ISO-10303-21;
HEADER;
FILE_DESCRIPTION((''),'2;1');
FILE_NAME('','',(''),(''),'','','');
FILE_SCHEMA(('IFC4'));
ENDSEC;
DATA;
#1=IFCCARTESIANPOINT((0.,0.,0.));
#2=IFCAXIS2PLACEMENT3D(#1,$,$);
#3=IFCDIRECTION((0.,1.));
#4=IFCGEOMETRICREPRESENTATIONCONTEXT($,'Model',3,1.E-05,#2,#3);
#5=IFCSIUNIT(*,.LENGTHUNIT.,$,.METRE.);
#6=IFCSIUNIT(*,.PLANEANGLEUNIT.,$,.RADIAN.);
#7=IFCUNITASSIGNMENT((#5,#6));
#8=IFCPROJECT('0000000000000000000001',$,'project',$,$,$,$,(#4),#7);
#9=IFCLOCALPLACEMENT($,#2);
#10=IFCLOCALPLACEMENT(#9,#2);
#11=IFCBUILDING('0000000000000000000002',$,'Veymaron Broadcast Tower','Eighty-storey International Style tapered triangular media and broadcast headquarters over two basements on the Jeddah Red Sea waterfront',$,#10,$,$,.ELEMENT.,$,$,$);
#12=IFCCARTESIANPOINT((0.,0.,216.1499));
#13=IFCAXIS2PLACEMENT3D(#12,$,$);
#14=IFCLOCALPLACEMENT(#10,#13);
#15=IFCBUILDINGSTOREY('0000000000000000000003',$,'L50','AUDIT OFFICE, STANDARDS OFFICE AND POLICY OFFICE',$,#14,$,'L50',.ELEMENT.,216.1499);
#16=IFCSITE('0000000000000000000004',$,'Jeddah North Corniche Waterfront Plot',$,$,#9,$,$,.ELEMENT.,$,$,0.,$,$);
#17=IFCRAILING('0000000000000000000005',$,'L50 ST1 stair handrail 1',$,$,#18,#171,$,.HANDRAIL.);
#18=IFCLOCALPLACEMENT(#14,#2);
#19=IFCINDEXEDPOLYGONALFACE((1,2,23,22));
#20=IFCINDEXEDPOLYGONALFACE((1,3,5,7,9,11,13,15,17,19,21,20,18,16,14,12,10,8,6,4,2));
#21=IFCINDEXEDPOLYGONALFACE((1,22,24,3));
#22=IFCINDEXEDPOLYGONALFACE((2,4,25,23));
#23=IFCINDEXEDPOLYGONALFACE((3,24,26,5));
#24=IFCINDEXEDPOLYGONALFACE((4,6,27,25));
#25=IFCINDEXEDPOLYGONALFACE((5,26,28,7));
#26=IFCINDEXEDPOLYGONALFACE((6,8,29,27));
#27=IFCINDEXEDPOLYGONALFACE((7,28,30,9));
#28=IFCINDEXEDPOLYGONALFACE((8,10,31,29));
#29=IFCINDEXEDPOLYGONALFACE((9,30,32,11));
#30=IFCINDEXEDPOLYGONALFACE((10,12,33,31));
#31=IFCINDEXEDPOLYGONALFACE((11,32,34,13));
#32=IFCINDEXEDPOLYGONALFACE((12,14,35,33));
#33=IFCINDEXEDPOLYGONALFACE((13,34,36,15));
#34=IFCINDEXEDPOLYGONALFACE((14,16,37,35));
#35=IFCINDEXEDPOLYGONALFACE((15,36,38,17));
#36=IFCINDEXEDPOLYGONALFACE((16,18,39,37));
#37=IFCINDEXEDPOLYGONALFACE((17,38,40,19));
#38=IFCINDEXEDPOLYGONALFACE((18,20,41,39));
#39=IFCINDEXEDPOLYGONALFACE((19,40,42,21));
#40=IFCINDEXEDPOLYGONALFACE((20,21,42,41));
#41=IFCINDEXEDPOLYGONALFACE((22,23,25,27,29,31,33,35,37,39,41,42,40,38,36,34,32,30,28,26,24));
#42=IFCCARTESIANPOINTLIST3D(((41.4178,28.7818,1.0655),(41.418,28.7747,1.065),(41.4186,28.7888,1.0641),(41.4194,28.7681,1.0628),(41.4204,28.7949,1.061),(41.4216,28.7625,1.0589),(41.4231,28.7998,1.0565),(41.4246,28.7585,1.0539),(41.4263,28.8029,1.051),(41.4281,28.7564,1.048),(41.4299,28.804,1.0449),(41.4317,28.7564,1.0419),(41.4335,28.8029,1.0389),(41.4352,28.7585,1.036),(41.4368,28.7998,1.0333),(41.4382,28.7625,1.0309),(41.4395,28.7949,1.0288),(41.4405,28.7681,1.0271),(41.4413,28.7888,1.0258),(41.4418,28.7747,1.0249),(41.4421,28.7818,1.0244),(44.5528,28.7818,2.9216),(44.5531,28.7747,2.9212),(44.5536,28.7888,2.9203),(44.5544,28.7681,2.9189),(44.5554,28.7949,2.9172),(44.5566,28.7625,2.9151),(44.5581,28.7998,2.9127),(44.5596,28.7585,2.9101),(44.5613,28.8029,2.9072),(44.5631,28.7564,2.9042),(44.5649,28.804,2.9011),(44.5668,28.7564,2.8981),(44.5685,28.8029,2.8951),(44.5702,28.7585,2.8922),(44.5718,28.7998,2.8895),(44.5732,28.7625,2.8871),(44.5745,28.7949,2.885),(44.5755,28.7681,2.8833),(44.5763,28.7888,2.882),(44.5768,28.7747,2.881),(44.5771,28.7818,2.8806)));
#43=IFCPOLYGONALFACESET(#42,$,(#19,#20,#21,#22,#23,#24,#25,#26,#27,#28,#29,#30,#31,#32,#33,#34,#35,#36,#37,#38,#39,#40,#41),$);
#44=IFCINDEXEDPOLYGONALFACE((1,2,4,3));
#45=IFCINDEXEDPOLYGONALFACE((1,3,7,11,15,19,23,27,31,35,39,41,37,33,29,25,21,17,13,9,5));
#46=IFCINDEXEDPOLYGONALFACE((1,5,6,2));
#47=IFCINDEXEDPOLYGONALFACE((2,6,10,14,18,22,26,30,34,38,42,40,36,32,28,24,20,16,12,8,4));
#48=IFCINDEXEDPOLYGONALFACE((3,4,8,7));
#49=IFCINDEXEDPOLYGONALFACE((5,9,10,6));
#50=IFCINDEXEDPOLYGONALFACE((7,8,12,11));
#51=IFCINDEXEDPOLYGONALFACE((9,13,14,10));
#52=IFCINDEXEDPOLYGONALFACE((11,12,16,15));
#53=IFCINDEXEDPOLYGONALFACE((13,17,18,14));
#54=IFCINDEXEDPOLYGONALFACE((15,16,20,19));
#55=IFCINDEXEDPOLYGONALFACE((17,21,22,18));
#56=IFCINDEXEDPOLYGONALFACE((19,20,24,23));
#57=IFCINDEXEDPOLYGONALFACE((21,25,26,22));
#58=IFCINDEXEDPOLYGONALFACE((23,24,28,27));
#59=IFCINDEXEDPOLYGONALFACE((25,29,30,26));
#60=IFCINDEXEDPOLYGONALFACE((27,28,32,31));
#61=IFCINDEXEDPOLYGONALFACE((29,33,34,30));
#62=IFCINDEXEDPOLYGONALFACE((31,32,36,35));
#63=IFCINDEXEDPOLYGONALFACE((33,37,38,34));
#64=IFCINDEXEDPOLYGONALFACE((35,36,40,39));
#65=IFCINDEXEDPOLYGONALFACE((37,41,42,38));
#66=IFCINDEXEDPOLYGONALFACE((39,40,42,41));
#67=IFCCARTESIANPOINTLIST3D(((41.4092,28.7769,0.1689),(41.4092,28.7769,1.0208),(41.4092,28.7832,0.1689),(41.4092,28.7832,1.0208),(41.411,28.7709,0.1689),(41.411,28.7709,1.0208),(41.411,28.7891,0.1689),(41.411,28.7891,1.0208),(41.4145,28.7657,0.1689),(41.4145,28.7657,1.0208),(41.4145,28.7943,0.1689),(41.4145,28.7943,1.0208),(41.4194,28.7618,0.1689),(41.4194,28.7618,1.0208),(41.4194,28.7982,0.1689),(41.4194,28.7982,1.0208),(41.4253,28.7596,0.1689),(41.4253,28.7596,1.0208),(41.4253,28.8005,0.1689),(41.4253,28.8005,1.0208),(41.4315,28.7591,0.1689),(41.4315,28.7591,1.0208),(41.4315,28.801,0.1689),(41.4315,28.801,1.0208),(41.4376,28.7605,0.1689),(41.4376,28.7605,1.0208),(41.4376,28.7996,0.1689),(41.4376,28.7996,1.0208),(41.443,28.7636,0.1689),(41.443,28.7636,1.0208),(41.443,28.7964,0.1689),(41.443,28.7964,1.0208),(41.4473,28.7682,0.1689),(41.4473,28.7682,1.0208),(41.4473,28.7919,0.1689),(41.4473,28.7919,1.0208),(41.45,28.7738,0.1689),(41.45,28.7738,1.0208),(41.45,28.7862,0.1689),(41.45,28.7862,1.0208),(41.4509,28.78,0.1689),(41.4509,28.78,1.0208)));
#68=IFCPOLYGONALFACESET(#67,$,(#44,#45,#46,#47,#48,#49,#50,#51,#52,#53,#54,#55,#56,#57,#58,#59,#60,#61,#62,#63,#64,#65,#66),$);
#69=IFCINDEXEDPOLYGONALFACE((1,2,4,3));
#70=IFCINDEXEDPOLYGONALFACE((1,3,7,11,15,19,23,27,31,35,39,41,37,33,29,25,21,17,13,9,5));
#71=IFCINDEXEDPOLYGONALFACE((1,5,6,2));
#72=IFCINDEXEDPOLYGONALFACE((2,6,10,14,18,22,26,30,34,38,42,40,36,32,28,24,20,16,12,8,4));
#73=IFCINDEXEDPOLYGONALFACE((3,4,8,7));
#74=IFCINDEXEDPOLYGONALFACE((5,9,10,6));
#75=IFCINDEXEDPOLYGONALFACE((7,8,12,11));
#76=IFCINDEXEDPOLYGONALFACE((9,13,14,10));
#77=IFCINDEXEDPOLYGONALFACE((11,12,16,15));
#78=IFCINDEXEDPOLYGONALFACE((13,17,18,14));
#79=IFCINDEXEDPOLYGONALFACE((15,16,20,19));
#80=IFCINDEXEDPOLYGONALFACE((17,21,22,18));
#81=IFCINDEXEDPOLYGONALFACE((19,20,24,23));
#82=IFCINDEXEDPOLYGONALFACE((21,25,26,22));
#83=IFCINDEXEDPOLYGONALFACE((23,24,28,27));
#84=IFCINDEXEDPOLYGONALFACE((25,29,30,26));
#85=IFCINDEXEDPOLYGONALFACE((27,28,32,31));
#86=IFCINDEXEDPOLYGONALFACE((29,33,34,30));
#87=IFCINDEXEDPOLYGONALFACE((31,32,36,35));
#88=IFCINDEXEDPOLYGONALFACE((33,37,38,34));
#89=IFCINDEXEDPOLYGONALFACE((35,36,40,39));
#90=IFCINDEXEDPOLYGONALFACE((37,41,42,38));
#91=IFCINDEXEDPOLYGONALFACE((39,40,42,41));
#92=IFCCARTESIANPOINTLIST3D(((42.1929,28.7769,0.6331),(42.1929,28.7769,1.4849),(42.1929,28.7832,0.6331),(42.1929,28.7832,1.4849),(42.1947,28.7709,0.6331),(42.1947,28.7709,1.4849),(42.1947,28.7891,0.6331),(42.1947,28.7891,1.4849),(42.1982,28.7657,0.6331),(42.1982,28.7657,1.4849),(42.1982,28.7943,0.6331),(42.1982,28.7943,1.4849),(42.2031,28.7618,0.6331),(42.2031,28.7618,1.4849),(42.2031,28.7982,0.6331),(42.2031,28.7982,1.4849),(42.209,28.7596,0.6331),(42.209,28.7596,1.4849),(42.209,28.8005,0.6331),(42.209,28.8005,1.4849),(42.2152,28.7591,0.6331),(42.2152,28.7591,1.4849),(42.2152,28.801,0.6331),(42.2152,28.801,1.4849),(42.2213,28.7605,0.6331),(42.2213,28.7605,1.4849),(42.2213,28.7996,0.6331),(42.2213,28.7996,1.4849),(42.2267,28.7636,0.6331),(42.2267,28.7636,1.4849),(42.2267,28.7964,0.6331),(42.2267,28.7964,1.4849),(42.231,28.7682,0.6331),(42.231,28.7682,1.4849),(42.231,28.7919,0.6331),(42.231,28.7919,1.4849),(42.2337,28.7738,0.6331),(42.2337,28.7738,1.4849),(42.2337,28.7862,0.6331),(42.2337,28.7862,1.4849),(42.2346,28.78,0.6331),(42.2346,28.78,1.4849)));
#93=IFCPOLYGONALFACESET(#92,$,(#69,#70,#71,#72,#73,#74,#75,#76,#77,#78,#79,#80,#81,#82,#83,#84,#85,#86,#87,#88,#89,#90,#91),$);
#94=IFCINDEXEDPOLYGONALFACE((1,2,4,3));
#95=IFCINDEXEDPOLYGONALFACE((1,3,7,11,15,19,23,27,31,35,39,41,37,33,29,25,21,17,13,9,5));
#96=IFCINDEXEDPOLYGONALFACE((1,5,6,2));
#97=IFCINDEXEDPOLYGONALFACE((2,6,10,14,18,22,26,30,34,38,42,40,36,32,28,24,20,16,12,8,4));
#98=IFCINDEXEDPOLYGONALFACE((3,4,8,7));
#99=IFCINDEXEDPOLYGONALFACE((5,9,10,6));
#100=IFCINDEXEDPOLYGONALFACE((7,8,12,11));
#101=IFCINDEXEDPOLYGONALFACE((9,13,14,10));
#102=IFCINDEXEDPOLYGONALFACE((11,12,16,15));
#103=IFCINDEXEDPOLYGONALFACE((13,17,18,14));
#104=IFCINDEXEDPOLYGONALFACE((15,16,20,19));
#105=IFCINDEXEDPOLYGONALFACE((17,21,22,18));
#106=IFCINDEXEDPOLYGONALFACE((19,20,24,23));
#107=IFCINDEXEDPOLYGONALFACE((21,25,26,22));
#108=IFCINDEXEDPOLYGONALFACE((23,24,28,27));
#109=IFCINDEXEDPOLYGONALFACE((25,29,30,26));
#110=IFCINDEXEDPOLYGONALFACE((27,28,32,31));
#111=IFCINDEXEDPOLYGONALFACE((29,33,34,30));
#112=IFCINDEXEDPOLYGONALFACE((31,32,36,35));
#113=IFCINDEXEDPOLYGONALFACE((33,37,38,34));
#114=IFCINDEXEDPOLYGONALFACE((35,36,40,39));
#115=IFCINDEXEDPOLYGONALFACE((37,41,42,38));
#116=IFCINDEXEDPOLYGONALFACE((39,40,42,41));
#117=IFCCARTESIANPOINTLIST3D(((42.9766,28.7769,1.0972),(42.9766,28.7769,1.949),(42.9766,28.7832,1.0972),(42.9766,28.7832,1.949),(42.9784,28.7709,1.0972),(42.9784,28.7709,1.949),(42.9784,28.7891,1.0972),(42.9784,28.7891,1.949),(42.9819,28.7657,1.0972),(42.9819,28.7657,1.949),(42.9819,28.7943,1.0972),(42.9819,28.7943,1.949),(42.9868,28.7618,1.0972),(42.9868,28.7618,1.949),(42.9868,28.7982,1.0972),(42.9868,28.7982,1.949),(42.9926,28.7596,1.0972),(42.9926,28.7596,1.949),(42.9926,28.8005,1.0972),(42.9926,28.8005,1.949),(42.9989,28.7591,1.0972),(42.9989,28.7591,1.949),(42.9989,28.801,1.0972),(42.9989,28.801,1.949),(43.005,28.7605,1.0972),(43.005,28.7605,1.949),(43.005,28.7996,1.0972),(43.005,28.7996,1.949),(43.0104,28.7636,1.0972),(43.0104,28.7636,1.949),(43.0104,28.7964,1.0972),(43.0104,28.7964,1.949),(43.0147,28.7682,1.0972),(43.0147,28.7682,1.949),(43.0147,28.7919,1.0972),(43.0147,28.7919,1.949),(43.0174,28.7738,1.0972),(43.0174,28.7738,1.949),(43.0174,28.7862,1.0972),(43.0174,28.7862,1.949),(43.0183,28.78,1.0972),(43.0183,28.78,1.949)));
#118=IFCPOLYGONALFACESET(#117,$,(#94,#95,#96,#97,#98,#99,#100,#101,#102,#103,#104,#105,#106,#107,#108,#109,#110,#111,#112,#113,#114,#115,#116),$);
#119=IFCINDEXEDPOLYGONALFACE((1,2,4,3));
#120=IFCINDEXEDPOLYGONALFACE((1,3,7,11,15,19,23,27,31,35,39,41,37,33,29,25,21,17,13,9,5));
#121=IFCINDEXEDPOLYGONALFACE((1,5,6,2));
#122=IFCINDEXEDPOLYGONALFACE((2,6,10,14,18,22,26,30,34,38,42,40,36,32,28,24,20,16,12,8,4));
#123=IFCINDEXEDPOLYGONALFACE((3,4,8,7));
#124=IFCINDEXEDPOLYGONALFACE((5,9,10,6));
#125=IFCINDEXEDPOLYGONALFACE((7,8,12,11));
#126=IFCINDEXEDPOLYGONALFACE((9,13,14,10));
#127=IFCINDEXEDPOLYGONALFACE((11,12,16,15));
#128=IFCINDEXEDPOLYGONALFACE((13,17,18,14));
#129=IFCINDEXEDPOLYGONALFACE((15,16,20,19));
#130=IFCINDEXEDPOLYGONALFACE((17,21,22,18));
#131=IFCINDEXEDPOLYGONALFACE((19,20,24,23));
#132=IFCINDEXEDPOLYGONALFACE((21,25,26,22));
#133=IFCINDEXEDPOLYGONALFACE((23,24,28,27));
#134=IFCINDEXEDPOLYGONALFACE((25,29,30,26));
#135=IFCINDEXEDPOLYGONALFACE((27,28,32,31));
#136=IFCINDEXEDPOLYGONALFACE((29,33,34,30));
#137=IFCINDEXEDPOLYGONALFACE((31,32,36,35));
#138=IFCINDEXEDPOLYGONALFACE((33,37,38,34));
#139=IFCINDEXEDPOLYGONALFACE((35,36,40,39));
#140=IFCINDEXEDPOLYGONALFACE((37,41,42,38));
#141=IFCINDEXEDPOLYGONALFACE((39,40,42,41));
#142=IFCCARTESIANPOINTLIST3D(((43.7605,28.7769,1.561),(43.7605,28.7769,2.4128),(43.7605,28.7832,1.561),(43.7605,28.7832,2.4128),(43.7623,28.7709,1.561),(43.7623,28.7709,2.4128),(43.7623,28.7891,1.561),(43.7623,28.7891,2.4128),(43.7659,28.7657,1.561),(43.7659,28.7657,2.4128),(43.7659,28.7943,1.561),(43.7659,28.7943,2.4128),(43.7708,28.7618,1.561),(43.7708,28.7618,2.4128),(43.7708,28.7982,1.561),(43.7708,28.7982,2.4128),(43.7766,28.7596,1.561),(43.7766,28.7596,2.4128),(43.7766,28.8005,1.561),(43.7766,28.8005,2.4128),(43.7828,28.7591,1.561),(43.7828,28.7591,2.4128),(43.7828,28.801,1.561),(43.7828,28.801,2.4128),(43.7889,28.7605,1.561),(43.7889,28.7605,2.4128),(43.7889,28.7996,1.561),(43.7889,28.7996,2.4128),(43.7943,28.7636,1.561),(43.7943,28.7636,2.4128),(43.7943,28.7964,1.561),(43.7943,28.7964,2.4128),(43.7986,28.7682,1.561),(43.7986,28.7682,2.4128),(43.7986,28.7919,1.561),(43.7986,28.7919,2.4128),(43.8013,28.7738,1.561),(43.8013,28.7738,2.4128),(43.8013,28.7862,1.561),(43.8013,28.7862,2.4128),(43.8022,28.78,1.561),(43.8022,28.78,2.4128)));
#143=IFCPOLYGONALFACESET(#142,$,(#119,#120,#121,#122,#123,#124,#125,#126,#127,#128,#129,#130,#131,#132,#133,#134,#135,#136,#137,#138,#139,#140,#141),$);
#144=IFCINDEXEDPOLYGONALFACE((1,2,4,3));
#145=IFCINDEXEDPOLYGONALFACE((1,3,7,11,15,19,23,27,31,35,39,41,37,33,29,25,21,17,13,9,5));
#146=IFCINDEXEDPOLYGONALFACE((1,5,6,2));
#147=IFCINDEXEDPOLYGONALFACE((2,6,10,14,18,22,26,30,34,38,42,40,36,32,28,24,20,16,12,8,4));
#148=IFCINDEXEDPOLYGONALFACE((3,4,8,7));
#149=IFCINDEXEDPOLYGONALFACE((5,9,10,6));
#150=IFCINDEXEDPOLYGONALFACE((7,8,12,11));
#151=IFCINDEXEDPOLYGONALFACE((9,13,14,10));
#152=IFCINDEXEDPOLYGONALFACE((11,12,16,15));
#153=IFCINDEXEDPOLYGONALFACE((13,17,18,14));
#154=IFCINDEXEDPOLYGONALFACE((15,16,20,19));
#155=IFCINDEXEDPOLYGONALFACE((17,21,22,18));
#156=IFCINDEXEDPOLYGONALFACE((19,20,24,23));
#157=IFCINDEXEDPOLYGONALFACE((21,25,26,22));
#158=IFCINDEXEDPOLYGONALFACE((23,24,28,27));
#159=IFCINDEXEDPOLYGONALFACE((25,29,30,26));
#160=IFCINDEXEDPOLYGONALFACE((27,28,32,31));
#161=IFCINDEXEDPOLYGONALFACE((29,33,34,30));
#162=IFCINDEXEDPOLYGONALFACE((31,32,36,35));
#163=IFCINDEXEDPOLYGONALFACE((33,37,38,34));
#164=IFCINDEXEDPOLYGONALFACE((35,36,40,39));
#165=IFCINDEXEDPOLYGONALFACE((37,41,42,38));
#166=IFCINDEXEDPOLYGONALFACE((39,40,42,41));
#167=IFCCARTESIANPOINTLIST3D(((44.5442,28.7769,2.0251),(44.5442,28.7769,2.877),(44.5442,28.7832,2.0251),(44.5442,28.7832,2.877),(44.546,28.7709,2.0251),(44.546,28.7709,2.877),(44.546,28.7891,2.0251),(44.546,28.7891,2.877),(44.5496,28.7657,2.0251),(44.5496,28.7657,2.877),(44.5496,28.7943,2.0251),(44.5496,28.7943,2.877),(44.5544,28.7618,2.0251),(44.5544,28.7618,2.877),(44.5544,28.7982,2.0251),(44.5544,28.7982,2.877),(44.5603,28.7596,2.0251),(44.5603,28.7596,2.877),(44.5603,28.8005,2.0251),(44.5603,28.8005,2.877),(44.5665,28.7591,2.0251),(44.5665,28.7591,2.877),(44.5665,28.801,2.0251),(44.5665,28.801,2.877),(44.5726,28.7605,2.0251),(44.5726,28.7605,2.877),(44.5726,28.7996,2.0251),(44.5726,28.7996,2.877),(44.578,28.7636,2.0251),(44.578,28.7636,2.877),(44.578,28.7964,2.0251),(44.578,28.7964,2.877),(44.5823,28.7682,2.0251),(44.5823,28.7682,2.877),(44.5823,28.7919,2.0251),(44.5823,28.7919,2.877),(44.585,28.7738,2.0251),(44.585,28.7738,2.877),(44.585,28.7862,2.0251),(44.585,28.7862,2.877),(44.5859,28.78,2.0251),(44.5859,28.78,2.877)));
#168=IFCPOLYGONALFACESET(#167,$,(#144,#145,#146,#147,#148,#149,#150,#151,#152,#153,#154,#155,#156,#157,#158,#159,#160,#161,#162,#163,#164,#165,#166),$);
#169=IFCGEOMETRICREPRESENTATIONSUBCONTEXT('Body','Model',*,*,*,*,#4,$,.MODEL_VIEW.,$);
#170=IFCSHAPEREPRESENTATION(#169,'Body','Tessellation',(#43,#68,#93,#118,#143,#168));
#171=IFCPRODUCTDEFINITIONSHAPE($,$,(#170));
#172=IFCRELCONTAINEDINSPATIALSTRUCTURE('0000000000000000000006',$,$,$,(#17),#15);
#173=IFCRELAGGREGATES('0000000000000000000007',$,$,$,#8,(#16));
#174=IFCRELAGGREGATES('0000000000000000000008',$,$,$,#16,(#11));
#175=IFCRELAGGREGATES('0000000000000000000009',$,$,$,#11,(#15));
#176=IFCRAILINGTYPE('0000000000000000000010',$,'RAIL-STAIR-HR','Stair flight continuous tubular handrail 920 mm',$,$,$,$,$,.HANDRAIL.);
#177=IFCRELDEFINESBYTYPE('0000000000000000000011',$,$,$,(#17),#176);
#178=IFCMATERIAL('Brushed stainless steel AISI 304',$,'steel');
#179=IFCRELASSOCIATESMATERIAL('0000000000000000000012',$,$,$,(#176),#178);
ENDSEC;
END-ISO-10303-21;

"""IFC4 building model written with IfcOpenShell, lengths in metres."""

from ifc_helpers import new_model, si_unit, direction, frame, origin, origin_2d, place, context, subcontext, project, spatial, circle, extrude, material, type_object, element, save


model = new_model("IFC4")

# Units and contexts
model_context = context("Model", 3, precision=1e-05, world=origin(), true_north=direction((0.0, 1.0)))
body_context = subcontext(model_context, "Body", "Model", "MODEL_VIEW")
ifc_project = project(units=[si_unit("LENGTHUNIT", "METRE"), si_unit("PLANEANGLEUNIT", "RADIAN")], contexts=[model_context])

# Site, building, storey
site_placement = place(None, origin())
site = spatial("IfcSite", under=ifc_project, at=site_placement, Name="Jeddah North Corniche Waterfront Plot", CompositionType="ELEMENT", RefElevation=0.0)
building_placement = place(site_placement, origin())
building = spatial("IfcBuilding", under=site, at=building_placement, Name="Veymaron Broadcast Tower", Description="Eighty-storey International Style tapered triangular media and broadcast headquarters over two basements on the Jeddah Red Sea waterfront", CompositionType="ELEMENT")
storey_placement = place(building_placement, frame((0.0, 0.0, 216.1499)))
storey = spatial("IfcBuildingStorey", under=building, at=storey_placement, Name="L50", Description="AUDIT OFFICE, STANDARDS OFFICE AND POLICY OFFICE", LongName="L50", CompositionType="ELEMENT", Elevation=216.1499)

# Shared definitions
ifc_material_1 = material(Name="Brushed stainless steel AISI 304", Category="steel")

# Railing
railing_type_1 = type_object("IfcRailingType", Name="RAIL-STAIR-HR", Description="Stair flight continuous tubular handrail 920 mm", PredefinedType="HANDRAIL", material=ifc_material_1)
railing_1_placement = place(storey_placement, frame((41.4299, 28.78, 0.1689)))
element("IfcRailing", 1, at=railing_1_placement, inside=storey, type_object=railing_type_1, Name="L50 ST1 stair handrail 1", PredefinedType="HANDRAIL", context=body_context, shape_type="SweptSolid", body=[
    extrude(circle(Radius=0.0239, at=origin_2d()), frame((0.0, 0.0, 0.876), z_axis=(0.860482, 0.0, 0.509481), x_axis=(0.0, 1.0, 0.0)), (0.0, 0.0, 1.0), 3.6433),
    extrude(circle(Radius=0.021, at=origin_2d()), origin(), (0.0, 0.0, 1.0), 0.8518),
    extrude(circle(Radius=0.021, at=origin_2d()), frame((0.7837, 0.0, 0.4641)), (0.0, 0.0, 1.0), 0.8518),
    extrude(circle(Radius=0.021, at=origin_2d()), frame((1.5674, 0.0, 0.9282)), (0.0, 0.0, 1.0), 0.8518),
    extrude(circle(Radius=0.021, at=origin_2d()), frame((2.3513, 0.0, 1.3921)), (0.0, 0.0, 1.0), 0.8518),
    extrude(circle(Radius=0.021, at=origin_2d()), frame((3.135, 0.0, 1.8562)), (0.0, 0.0, 1.0), 0.8518),
])

save(model, "model.ifc")
